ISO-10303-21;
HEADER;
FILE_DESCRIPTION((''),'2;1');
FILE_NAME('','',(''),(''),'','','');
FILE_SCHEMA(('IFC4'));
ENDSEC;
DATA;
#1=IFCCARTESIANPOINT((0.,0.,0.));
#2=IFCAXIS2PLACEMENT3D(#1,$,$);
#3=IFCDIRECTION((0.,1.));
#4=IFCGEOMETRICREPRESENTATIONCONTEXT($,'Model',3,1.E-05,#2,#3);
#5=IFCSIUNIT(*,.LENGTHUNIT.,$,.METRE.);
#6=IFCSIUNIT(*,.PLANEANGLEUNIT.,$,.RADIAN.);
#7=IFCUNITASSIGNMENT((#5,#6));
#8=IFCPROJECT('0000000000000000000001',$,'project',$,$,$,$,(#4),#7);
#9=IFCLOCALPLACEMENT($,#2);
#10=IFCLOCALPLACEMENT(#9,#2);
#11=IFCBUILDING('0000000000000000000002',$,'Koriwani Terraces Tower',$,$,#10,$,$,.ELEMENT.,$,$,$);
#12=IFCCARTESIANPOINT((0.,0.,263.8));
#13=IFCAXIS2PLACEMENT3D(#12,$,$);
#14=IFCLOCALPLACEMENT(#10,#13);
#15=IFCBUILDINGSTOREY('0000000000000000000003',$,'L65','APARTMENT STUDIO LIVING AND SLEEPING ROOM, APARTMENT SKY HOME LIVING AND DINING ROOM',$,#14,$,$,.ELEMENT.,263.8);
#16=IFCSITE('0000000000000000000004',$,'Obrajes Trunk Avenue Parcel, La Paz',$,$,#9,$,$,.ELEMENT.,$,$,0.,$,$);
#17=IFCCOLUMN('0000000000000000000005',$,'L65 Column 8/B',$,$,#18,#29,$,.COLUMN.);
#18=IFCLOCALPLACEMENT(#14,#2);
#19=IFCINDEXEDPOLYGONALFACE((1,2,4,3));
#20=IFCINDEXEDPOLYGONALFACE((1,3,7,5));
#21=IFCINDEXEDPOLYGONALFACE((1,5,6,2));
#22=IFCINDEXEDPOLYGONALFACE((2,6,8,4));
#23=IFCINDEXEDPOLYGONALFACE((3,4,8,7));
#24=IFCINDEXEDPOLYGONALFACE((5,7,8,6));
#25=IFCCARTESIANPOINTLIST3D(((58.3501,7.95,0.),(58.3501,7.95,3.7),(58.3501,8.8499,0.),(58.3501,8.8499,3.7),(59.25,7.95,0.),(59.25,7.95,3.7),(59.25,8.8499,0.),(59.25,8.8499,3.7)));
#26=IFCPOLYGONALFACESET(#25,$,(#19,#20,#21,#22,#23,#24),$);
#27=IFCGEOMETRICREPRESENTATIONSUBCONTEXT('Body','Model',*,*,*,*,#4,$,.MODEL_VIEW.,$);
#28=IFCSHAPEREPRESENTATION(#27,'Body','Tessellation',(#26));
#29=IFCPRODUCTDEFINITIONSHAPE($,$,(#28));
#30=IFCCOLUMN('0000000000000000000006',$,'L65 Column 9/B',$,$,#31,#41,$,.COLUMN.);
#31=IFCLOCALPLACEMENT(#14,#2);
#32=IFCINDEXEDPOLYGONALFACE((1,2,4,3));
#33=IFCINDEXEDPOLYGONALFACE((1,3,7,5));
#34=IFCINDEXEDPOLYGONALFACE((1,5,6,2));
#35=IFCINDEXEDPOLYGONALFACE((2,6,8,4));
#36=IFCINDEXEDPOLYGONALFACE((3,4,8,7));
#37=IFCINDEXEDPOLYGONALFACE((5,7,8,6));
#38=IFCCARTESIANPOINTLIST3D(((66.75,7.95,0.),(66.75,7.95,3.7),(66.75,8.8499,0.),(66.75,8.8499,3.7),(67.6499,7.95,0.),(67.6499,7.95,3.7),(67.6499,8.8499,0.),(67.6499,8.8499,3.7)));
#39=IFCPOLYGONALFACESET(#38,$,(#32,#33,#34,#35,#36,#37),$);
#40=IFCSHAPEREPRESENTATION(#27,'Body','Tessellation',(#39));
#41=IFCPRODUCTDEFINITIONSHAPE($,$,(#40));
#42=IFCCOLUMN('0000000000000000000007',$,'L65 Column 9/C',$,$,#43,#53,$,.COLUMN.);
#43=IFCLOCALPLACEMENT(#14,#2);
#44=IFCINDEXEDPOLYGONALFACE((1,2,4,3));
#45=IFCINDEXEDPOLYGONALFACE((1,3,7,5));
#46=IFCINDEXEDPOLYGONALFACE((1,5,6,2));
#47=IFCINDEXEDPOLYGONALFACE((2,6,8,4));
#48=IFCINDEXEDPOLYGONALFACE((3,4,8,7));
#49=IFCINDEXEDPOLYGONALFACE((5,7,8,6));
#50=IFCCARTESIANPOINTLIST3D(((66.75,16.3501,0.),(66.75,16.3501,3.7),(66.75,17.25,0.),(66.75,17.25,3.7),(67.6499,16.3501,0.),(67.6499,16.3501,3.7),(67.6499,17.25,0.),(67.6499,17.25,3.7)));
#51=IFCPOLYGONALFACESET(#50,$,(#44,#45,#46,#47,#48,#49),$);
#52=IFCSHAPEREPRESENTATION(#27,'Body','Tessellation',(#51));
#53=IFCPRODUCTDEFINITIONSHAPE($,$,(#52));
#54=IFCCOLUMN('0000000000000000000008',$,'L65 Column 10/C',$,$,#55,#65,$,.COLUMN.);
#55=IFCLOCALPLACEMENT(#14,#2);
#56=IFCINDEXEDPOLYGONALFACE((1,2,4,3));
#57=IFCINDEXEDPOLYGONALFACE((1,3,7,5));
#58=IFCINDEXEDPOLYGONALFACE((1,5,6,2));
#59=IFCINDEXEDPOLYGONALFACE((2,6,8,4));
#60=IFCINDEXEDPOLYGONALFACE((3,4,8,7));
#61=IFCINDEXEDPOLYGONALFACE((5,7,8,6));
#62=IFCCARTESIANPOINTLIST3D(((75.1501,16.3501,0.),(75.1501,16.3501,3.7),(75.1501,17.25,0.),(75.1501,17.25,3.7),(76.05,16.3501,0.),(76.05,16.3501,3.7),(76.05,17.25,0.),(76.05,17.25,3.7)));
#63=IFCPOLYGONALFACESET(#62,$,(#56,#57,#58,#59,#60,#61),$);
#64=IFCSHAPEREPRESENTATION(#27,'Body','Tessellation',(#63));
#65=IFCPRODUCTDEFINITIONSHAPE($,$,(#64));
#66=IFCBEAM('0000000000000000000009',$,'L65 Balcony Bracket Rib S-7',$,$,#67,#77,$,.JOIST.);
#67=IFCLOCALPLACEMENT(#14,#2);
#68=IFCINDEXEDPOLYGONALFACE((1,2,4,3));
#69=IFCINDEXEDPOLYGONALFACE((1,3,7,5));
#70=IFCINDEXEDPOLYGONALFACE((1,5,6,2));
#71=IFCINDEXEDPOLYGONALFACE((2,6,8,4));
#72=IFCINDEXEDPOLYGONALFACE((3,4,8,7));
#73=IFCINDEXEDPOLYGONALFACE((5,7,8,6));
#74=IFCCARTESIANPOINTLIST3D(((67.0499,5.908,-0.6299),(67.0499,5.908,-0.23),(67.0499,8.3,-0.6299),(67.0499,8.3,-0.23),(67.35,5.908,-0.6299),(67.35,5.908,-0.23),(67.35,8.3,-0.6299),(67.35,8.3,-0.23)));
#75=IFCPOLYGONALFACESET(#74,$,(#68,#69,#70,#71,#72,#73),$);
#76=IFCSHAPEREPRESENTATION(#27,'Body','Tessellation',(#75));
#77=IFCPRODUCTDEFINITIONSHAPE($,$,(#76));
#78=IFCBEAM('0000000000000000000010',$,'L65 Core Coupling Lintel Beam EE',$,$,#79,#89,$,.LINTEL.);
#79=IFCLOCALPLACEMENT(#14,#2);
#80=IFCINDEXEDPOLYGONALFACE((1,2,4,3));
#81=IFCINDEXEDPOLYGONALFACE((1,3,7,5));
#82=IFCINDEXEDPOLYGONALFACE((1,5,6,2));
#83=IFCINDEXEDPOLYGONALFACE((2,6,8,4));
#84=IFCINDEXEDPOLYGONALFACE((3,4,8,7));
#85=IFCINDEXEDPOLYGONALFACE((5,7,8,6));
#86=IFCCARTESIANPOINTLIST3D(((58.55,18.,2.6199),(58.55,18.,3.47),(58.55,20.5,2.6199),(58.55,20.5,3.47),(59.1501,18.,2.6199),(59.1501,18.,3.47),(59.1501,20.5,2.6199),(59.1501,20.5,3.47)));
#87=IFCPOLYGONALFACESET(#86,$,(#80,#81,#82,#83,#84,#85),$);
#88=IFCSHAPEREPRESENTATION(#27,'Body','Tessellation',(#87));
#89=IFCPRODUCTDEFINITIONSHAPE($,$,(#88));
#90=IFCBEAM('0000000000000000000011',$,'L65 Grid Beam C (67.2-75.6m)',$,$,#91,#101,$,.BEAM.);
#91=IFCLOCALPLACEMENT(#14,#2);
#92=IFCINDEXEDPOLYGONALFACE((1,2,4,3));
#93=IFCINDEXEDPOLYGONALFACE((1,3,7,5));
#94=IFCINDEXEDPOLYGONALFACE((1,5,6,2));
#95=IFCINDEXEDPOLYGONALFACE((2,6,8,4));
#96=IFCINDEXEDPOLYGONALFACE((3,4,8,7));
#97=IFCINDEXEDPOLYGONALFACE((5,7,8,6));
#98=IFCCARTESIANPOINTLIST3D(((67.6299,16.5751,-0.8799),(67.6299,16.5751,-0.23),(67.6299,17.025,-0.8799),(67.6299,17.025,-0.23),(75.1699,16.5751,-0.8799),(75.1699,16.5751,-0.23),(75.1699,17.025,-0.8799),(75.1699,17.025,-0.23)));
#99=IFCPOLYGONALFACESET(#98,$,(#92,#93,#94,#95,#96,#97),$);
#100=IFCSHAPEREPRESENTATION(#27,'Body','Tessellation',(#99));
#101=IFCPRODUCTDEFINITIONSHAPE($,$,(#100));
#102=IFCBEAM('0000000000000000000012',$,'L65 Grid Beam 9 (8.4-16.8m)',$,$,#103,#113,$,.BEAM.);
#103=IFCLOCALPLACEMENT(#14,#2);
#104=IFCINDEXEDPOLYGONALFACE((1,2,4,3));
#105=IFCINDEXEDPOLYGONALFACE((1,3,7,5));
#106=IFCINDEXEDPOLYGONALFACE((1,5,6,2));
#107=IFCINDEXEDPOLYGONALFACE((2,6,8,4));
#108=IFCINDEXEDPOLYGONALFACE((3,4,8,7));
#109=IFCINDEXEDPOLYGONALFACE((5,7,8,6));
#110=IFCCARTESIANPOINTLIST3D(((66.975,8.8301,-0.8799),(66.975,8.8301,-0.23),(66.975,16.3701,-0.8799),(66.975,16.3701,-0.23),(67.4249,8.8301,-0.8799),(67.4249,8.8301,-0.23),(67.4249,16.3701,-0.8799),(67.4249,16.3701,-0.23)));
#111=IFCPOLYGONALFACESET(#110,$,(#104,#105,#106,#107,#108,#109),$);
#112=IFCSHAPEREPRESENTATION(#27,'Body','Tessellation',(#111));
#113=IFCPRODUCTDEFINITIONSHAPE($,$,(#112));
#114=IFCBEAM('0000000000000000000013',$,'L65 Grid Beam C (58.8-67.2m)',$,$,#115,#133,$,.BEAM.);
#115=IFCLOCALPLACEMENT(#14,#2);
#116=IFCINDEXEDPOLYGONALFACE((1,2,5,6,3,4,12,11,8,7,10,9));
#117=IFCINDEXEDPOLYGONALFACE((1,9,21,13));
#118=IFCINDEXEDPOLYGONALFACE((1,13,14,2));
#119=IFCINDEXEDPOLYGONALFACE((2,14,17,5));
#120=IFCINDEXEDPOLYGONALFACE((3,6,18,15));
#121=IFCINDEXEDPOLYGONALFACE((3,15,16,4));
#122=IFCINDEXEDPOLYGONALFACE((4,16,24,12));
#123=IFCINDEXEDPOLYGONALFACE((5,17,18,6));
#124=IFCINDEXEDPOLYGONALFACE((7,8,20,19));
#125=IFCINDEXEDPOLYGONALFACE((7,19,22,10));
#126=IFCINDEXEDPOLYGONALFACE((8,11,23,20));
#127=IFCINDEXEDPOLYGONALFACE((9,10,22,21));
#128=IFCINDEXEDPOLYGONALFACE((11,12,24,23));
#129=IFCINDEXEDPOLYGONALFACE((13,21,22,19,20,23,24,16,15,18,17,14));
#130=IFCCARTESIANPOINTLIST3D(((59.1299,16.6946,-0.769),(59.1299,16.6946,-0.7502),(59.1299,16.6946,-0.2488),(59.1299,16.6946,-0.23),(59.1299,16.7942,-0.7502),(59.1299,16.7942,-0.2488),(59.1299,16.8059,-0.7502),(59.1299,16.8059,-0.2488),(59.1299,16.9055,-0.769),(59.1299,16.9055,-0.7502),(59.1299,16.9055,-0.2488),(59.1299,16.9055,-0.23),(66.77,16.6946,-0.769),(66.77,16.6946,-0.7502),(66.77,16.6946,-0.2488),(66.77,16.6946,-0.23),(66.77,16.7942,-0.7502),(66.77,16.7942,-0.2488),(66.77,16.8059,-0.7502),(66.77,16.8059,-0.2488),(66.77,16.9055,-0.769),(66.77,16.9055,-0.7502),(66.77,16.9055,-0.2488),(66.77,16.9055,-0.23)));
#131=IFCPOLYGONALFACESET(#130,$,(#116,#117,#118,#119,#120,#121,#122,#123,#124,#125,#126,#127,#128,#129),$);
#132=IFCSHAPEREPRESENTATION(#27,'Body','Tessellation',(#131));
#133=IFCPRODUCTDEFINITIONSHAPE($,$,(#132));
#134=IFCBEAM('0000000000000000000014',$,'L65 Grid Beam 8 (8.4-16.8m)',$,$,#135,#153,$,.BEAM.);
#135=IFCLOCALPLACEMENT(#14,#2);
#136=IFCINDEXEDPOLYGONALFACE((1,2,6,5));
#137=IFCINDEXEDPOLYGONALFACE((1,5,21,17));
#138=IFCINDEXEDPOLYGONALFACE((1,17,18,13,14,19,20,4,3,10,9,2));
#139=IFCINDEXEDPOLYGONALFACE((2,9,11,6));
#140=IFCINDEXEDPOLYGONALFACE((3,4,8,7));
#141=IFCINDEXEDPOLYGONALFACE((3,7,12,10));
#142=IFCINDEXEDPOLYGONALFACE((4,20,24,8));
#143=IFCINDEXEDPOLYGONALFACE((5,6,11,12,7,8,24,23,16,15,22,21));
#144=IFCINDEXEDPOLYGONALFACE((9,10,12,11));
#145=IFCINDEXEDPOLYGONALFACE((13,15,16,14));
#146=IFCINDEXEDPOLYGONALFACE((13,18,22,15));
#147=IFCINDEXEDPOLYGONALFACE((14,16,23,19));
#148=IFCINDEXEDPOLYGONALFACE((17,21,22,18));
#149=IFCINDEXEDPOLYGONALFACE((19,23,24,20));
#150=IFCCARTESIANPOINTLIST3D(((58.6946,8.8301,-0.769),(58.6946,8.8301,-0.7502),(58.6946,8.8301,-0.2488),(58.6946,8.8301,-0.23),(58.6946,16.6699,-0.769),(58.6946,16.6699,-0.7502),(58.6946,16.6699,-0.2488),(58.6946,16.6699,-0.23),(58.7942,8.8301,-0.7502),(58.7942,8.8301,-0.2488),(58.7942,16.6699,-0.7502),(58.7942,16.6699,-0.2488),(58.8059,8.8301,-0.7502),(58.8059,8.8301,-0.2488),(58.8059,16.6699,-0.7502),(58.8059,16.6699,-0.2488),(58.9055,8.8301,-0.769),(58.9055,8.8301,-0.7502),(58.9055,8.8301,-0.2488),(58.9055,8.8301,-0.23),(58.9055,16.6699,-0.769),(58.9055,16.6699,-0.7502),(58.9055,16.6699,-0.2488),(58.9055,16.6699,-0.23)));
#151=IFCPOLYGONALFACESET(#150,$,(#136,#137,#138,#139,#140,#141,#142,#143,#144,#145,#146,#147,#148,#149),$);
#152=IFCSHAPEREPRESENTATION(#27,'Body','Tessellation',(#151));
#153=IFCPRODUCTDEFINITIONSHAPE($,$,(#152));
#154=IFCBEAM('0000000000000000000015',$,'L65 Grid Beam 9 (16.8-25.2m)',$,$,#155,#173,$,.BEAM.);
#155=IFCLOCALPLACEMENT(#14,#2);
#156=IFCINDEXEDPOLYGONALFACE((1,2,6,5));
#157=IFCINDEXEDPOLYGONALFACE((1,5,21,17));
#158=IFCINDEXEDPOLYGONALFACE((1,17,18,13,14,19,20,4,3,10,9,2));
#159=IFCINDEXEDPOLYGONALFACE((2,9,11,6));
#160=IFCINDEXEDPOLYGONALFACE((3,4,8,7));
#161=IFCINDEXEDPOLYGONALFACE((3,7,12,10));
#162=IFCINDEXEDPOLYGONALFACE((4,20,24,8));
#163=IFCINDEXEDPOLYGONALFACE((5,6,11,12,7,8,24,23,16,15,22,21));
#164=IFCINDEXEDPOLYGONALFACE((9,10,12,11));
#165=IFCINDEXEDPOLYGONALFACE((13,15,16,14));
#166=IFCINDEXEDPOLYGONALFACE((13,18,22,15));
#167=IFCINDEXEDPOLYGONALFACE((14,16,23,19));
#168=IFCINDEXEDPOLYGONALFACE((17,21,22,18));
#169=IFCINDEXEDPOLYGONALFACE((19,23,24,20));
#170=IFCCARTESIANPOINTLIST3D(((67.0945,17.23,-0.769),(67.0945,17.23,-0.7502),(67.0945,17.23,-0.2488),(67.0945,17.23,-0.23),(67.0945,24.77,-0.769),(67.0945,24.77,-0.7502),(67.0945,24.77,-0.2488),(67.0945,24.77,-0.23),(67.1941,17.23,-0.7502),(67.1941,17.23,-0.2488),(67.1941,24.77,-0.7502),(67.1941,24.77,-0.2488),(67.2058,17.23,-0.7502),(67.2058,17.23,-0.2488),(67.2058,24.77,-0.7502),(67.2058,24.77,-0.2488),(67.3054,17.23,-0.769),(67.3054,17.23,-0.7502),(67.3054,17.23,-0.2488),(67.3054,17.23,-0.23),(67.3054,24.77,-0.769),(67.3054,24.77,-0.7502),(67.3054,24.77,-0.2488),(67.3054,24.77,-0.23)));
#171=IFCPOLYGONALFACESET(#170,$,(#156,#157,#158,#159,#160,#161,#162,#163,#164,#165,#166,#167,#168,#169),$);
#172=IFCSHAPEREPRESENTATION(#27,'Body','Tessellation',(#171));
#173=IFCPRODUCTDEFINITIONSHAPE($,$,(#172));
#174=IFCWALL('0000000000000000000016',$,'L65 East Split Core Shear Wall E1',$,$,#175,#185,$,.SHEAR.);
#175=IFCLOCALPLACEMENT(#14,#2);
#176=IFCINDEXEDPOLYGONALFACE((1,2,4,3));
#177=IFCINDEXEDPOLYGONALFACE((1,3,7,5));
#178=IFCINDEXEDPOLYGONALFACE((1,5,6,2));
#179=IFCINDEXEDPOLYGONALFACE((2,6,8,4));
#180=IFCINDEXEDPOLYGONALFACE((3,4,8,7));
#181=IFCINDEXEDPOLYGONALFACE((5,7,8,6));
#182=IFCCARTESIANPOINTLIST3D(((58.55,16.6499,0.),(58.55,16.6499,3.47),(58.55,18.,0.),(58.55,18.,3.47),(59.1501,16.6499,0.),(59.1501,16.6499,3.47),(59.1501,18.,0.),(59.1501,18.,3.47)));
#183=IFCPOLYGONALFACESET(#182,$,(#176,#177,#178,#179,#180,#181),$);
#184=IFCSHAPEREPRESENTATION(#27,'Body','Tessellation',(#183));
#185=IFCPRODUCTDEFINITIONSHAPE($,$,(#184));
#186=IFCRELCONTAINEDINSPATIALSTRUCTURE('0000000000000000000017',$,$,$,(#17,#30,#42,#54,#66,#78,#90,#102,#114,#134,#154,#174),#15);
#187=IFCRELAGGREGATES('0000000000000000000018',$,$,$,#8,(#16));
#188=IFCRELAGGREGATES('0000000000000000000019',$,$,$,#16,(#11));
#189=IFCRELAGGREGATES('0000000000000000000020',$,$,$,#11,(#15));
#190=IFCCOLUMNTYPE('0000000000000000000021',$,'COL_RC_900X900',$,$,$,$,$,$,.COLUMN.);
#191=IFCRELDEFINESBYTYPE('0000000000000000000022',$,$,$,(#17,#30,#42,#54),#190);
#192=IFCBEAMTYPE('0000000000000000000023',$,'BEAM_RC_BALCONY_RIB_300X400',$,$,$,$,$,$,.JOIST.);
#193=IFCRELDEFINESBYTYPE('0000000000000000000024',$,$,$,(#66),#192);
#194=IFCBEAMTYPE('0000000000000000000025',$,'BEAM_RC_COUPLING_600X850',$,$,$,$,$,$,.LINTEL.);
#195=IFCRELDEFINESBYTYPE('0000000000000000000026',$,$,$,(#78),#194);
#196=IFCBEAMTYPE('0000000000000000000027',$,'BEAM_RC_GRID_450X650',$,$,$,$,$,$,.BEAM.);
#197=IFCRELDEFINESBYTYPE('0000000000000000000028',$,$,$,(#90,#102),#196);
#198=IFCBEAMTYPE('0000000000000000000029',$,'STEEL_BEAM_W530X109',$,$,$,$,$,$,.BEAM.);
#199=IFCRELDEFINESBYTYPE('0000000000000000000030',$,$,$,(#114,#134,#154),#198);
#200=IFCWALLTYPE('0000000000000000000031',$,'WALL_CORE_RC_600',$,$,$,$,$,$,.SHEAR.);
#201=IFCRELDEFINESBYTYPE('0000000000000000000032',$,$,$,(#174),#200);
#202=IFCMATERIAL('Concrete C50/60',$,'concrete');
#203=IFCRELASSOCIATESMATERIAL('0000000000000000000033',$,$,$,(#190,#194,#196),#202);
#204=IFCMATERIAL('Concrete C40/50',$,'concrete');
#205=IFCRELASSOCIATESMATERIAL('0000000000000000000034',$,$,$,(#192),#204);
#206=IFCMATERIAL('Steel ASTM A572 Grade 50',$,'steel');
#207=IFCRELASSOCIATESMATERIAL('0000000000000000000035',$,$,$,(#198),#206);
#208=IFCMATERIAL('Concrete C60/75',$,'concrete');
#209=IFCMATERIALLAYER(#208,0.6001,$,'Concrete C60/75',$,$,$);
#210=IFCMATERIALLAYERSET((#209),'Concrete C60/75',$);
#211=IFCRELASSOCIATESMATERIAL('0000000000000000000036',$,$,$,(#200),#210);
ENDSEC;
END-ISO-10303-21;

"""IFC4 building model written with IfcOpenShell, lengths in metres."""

from ifc_helpers import new_model, si_unit, direction, frame, frame_2d, origin, origin_2d, place, context, subcontext, project, spatial, rectangle, i_section, extrude, material, layer, layer_set, material_profile, profile_set, type_object, element, save


model = new_model("IFC4")

# Units and contexts
model_context = context("Model", 3, precision=1e-05, world=origin(), true_north=direction((0.0, 1.0)))
body_context = subcontext(model_context, "Body", "Model", "MODEL_VIEW")
ifc_project = project(units=[si_unit("LENGTHUNIT", "METRE"), si_unit("PLANEANGLEUNIT", "RADIAN")], contexts=[model_context])

# Site, building, storey
site_placement = place(None, origin())
site = spatial("IfcSite", under=ifc_project, at=site_placement, Name="Obrajes Trunk Avenue Parcel, La Paz", CompositionType="ELEMENT", RefElevation=0.0)
building_placement = place(site_placement, origin())
building = spatial("IfcBuilding", under=site, at=building_placement, Name="Koriwani Terraces Tower", CompositionType="ELEMENT")
storey_placement = place(building_placement, frame((0.0, 0.0, 263.8)))
storey = spatial("IfcBuildingStorey", under=building, at=storey_placement, Name="L65", Description="APARTMENT STUDIO LIVING AND SLEEPING ROOM, APARTMENT SKY HOME LIVING AND DINING ROOM", CompositionType="ELEMENT", Elevation=263.8)

# Columns
ifc_material_1 = material(Name="Concrete C50/60", Category="concrete")
ifc_material_profile_1 = material_profile(ifc_material_1, rectangle(XDim=0.8999, YDim=0.8999, at=origin_2d()), Name="Concrete C50/60", Category="LoadBearing")
ifc_profile_set_1 = profile_set([ifc_material_profile_1], Name="Concrete C50/60")
column_type = type_object("IfcColumnType", Name="COL_RC_900X900", PredefinedType="COLUMN", material=ifc_profile_set_1)
for number, where, z_axis, x_axis, name in (
    (1, (58.8, 8.3999, 0.0), (0.0, 0.0, 1.0), (1.0, 0.0, 0.0), "L65 Column 8/B"),
    (2, (67.2, 8.3999, 0.0), (0.0, 0.0, 1.0), (1.0, 0.0, 0.0), "L65 Column 9/B"),
    (3, (67.2, 16.8, 0.0), (0.0, 0.0, 1.0), (1.0, 0.0, 0.0), "L65 Column 9/C"),
    (4, (75.6001, 16.8, 0.0), (0.0, 0.0, 1.0), (1.0, 0.0, 0.0), "L65 Column 10/C"),
):
    element("IfcColumn", number, at=place(storey_placement, frame(where, z_axis=z_axis, x_axis=x_axis)), inside=storey, type_object=column_type, Name=name, PredefinedType="COLUMN", context=body_context, shape_type="SweptSolid", body=[
        extrude(rectangle(XDim=0.8999, YDim=0.8999, at=origin_2d()), origin(), (0.0, 0.0, 1.0), 3.7),
    ])

# Beams
ifc_material_2 = material(Name="Concrete C40/50", Category="concrete")
ifc_material_profile_2 = material_profile(ifc_material_2, rectangle(XDim=0.3, YDim=0.3999, at=origin_2d()), Name="Concrete C40/50", Category="LoadBearing")
ifc_profile_set_2 = profile_set([ifc_material_profile_2], Name="Concrete C40/50")
beam_type_1 = type_object("IfcBeamType", Name="BEAM_RC_BALCONY_RIB_300X400", PredefinedType="JOIST", material=ifc_profile_set_2)
beam_1_placement = place(storey_placement, frame((67.2, 5.908, -0.4299), z_axis=(0.0, 1.0, 0.0), x_axis=(-1.0, 0.0, 0.0)))
element("IfcBeam", 5, at=beam_1_placement, inside=storey, type_object=beam_type_1, Name="L65 Balcony Bracket Rib S-7", PredefinedType="JOIST", context=body_context, shape_type="SweptSolid", body=[
    extrude(rectangle(XDim=0.3, YDim=0.3999, at=origin_2d()), origin(), (0.0, 0.0, 1.0), 2.3921),
])
ifc_material_profile_3 = material_profile(ifc_material_1, rectangle(XDim=0.6001, YDim=0.8501, at=origin_2d()), Name="Concrete C50/60", Category="LoadBearing")
ifc_profile_set_3 = profile_set([ifc_material_profile_3], Name="Concrete C50/60")
beam_type_2 = type_object("IfcBeamType", Name="BEAM_RC_COUPLING_600X850", PredefinedType="LINTEL", material=ifc_profile_set_3)
beam_2_placement = place(storey_placement, frame((58.8501, 18.0, 3.0449), z_axis=(0.0, 1.0, 0.0), x_axis=(-1.0, 0.0, 0.0)))
element("IfcBeam", 6, at=beam_2_placement, inside=storey, type_object=beam_type_2, Name="L65 Core Coupling Lintel Beam EE", PredefinedType="LINTEL", context=body_context, shape_type="SweptSolid", body=[
    extrude(rectangle(XDim=0.6001, YDim=0.8501, at=origin_2d()), origin(), (0.0, 0.0, 1.0), 2.5),
])
ifc_material_profile_4 = material_profile(ifc_material_1, rectangle(XDim=0.45, YDim=0.6499, at=origin_2d()), Name="Concrete C50/60", Category="LoadBearing")
ifc_profile_set_4 = profile_set([ifc_material_profile_4], Name="Concrete C50/60")
beam_type_3 = type_object("IfcBeamType", Name="BEAM_RC_GRID_450X650", PredefinedType="BEAM", material=ifc_profile_set_4)
for number, where, z_axis, x_axis, name in (
    (7, (67.6299, 16.8, -0.5549), (1.0, 0.0, 0.0), (0.0, 1.0, 0.0), "L65 Grid Beam C (67.2-75.6m)"),
    (8, (67.2, 8.8301, -0.5549), (0.0, 1.0, 0.0), (-1.0, 0.0, 0.0), "L65 Grid Beam 9 (8.4-16.8m)"),
):
    element("IfcBeam", number, at=place(storey_placement, frame(where, z_axis=z_axis, x_axis=x_axis)), inside=storey, type_object=beam_type_3, Name=name, PredefinedType="BEAM", context=body_context, shape_type="SweptSolid", body=[
        extrude(rectangle(XDim=0.45, YDim=0.6499, at=origin_2d()), origin(), (0.0, 0.0, 1.0), 7.54),
    ])
ifc_material_3 = material(Name="Steel ASTM A572 Grade 50", Category="steel")
ifc_material_profile_5 = material_profile(ifc_material_3, i_section(OverallWidth=0.2109, OverallDepth=0.5391, WebThickness=0.0117, FlangeThickness=0.0188, at=origin_2d()), Name="Steel ASTM A572 Grade 50", Category="LoadBearing")
ifc_profile_set_5 = profile_set([ifc_material_profile_5], Name="Steel ASTM A572 Grade 50")
beam_type_4 = type_object("IfcBeamType", Name="STEEL_BEAM_W530X109", PredefinedType="BEAM", material=ifc_profile_set_5)
beam_3_placement = place(storey_placement, frame((59.1299, 16.8, -0.4995), z_axis=(1.0, 0.0, 0.0), x_axis=(0.0, 1.0, 0.0)))
element("IfcBeam", 9, at=beam_3_placement, inside=storey, type_object=beam_type_4, Name="L65 Grid Beam C (58.8-67.2m)", PredefinedType="BEAM", context=body_context, shape_type="SweptSolid", body=[
    extrude(i_section(OverallWidth=0.2109, OverallDepth=0.5391, WebThickness=0.0117, FlangeThickness=0.0188, at=origin_2d()), origin(), (0.0, 0.0, 1.0), 7.6401),
])
beam_4_placement = place(storey_placement, frame((58.8, 8.8301, -0.4995), z_axis=(0.0, 1.0, 0.0), x_axis=(-1.0, 0.0, 0.0)))
element("IfcBeam", 10, at=beam_4_placement, inside=storey, type_object=beam_type_4, Name="L65 Grid Beam 8 (8.4-16.8m)", PredefinedType="BEAM", context=body_context, shape_type="SweptSolid", body=[
    extrude(i_section(OverallWidth=0.2109, OverallDepth=0.5391, WebThickness=0.0117, FlangeThickness=0.0188, at=origin_2d()), origin(), (0.0, 0.0, 1.0), 7.8398),
])
beam_5_placement = place(storey_placement, frame((67.2, 17.23, -0.4995), z_axis=(0.0, 1.0, 0.0), x_axis=(-1.0, 0.0, 0.0)))
element("IfcBeam", 11, at=beam_5_placement, inside=storey, type_object=beam_type_4, Name="L65 Grid Beam 9 (16.8-25.2m)", PredefinedType="BEAM", context=body_context, shape_type="SweptSolid", body=[
    extrude(i_section(OverallWidth=0.2109, OverallDepth=0.5391, WebThickness=0.0117, FlangeThickness=0.0188, at=origin_2d()), origin(), (0.0, 0.0, 1.0), 7.54),
])

# Wall
ifc_material_4 = material(Name="Concrete C60/75", Category="concrete")
ifc_layer_1 = layer(ifc_material_4, 0.6001, Name="Concrete C60/75")
ifc_layer_set_1 = layer_set([ifc_layer_1], Name="Concrete C60/75")
wall_type_1 = type_object("IfcWallType", Name="WALL_CORE_RC_600", PredefinedType="SHEAR", material=ifc_layer_set_1)
wall_1_placement = place(storey_placement, frame((58.8501, 16.6499, 0.0), z_axis=(0.0, 0.0, 1.0), x_axis=(0.0, 1.0, 0.0)))
element("IfcWall", 12, at=wall_1_placement, inside=storey, type_object=wall_type_1, Name="L65 East Split Core Shear Wall E1", PredefinedType="SHEAR", context=body_context, shape_type="SweptSolid", body=[
    extrude(rectangle(XDim=1.3501, YDim=0.6001, at=frame_2d((0.675, 0.0))), origin(), (0.0, 0.0, 1.0), 3.47),
])

save(model, "model.ifc")
